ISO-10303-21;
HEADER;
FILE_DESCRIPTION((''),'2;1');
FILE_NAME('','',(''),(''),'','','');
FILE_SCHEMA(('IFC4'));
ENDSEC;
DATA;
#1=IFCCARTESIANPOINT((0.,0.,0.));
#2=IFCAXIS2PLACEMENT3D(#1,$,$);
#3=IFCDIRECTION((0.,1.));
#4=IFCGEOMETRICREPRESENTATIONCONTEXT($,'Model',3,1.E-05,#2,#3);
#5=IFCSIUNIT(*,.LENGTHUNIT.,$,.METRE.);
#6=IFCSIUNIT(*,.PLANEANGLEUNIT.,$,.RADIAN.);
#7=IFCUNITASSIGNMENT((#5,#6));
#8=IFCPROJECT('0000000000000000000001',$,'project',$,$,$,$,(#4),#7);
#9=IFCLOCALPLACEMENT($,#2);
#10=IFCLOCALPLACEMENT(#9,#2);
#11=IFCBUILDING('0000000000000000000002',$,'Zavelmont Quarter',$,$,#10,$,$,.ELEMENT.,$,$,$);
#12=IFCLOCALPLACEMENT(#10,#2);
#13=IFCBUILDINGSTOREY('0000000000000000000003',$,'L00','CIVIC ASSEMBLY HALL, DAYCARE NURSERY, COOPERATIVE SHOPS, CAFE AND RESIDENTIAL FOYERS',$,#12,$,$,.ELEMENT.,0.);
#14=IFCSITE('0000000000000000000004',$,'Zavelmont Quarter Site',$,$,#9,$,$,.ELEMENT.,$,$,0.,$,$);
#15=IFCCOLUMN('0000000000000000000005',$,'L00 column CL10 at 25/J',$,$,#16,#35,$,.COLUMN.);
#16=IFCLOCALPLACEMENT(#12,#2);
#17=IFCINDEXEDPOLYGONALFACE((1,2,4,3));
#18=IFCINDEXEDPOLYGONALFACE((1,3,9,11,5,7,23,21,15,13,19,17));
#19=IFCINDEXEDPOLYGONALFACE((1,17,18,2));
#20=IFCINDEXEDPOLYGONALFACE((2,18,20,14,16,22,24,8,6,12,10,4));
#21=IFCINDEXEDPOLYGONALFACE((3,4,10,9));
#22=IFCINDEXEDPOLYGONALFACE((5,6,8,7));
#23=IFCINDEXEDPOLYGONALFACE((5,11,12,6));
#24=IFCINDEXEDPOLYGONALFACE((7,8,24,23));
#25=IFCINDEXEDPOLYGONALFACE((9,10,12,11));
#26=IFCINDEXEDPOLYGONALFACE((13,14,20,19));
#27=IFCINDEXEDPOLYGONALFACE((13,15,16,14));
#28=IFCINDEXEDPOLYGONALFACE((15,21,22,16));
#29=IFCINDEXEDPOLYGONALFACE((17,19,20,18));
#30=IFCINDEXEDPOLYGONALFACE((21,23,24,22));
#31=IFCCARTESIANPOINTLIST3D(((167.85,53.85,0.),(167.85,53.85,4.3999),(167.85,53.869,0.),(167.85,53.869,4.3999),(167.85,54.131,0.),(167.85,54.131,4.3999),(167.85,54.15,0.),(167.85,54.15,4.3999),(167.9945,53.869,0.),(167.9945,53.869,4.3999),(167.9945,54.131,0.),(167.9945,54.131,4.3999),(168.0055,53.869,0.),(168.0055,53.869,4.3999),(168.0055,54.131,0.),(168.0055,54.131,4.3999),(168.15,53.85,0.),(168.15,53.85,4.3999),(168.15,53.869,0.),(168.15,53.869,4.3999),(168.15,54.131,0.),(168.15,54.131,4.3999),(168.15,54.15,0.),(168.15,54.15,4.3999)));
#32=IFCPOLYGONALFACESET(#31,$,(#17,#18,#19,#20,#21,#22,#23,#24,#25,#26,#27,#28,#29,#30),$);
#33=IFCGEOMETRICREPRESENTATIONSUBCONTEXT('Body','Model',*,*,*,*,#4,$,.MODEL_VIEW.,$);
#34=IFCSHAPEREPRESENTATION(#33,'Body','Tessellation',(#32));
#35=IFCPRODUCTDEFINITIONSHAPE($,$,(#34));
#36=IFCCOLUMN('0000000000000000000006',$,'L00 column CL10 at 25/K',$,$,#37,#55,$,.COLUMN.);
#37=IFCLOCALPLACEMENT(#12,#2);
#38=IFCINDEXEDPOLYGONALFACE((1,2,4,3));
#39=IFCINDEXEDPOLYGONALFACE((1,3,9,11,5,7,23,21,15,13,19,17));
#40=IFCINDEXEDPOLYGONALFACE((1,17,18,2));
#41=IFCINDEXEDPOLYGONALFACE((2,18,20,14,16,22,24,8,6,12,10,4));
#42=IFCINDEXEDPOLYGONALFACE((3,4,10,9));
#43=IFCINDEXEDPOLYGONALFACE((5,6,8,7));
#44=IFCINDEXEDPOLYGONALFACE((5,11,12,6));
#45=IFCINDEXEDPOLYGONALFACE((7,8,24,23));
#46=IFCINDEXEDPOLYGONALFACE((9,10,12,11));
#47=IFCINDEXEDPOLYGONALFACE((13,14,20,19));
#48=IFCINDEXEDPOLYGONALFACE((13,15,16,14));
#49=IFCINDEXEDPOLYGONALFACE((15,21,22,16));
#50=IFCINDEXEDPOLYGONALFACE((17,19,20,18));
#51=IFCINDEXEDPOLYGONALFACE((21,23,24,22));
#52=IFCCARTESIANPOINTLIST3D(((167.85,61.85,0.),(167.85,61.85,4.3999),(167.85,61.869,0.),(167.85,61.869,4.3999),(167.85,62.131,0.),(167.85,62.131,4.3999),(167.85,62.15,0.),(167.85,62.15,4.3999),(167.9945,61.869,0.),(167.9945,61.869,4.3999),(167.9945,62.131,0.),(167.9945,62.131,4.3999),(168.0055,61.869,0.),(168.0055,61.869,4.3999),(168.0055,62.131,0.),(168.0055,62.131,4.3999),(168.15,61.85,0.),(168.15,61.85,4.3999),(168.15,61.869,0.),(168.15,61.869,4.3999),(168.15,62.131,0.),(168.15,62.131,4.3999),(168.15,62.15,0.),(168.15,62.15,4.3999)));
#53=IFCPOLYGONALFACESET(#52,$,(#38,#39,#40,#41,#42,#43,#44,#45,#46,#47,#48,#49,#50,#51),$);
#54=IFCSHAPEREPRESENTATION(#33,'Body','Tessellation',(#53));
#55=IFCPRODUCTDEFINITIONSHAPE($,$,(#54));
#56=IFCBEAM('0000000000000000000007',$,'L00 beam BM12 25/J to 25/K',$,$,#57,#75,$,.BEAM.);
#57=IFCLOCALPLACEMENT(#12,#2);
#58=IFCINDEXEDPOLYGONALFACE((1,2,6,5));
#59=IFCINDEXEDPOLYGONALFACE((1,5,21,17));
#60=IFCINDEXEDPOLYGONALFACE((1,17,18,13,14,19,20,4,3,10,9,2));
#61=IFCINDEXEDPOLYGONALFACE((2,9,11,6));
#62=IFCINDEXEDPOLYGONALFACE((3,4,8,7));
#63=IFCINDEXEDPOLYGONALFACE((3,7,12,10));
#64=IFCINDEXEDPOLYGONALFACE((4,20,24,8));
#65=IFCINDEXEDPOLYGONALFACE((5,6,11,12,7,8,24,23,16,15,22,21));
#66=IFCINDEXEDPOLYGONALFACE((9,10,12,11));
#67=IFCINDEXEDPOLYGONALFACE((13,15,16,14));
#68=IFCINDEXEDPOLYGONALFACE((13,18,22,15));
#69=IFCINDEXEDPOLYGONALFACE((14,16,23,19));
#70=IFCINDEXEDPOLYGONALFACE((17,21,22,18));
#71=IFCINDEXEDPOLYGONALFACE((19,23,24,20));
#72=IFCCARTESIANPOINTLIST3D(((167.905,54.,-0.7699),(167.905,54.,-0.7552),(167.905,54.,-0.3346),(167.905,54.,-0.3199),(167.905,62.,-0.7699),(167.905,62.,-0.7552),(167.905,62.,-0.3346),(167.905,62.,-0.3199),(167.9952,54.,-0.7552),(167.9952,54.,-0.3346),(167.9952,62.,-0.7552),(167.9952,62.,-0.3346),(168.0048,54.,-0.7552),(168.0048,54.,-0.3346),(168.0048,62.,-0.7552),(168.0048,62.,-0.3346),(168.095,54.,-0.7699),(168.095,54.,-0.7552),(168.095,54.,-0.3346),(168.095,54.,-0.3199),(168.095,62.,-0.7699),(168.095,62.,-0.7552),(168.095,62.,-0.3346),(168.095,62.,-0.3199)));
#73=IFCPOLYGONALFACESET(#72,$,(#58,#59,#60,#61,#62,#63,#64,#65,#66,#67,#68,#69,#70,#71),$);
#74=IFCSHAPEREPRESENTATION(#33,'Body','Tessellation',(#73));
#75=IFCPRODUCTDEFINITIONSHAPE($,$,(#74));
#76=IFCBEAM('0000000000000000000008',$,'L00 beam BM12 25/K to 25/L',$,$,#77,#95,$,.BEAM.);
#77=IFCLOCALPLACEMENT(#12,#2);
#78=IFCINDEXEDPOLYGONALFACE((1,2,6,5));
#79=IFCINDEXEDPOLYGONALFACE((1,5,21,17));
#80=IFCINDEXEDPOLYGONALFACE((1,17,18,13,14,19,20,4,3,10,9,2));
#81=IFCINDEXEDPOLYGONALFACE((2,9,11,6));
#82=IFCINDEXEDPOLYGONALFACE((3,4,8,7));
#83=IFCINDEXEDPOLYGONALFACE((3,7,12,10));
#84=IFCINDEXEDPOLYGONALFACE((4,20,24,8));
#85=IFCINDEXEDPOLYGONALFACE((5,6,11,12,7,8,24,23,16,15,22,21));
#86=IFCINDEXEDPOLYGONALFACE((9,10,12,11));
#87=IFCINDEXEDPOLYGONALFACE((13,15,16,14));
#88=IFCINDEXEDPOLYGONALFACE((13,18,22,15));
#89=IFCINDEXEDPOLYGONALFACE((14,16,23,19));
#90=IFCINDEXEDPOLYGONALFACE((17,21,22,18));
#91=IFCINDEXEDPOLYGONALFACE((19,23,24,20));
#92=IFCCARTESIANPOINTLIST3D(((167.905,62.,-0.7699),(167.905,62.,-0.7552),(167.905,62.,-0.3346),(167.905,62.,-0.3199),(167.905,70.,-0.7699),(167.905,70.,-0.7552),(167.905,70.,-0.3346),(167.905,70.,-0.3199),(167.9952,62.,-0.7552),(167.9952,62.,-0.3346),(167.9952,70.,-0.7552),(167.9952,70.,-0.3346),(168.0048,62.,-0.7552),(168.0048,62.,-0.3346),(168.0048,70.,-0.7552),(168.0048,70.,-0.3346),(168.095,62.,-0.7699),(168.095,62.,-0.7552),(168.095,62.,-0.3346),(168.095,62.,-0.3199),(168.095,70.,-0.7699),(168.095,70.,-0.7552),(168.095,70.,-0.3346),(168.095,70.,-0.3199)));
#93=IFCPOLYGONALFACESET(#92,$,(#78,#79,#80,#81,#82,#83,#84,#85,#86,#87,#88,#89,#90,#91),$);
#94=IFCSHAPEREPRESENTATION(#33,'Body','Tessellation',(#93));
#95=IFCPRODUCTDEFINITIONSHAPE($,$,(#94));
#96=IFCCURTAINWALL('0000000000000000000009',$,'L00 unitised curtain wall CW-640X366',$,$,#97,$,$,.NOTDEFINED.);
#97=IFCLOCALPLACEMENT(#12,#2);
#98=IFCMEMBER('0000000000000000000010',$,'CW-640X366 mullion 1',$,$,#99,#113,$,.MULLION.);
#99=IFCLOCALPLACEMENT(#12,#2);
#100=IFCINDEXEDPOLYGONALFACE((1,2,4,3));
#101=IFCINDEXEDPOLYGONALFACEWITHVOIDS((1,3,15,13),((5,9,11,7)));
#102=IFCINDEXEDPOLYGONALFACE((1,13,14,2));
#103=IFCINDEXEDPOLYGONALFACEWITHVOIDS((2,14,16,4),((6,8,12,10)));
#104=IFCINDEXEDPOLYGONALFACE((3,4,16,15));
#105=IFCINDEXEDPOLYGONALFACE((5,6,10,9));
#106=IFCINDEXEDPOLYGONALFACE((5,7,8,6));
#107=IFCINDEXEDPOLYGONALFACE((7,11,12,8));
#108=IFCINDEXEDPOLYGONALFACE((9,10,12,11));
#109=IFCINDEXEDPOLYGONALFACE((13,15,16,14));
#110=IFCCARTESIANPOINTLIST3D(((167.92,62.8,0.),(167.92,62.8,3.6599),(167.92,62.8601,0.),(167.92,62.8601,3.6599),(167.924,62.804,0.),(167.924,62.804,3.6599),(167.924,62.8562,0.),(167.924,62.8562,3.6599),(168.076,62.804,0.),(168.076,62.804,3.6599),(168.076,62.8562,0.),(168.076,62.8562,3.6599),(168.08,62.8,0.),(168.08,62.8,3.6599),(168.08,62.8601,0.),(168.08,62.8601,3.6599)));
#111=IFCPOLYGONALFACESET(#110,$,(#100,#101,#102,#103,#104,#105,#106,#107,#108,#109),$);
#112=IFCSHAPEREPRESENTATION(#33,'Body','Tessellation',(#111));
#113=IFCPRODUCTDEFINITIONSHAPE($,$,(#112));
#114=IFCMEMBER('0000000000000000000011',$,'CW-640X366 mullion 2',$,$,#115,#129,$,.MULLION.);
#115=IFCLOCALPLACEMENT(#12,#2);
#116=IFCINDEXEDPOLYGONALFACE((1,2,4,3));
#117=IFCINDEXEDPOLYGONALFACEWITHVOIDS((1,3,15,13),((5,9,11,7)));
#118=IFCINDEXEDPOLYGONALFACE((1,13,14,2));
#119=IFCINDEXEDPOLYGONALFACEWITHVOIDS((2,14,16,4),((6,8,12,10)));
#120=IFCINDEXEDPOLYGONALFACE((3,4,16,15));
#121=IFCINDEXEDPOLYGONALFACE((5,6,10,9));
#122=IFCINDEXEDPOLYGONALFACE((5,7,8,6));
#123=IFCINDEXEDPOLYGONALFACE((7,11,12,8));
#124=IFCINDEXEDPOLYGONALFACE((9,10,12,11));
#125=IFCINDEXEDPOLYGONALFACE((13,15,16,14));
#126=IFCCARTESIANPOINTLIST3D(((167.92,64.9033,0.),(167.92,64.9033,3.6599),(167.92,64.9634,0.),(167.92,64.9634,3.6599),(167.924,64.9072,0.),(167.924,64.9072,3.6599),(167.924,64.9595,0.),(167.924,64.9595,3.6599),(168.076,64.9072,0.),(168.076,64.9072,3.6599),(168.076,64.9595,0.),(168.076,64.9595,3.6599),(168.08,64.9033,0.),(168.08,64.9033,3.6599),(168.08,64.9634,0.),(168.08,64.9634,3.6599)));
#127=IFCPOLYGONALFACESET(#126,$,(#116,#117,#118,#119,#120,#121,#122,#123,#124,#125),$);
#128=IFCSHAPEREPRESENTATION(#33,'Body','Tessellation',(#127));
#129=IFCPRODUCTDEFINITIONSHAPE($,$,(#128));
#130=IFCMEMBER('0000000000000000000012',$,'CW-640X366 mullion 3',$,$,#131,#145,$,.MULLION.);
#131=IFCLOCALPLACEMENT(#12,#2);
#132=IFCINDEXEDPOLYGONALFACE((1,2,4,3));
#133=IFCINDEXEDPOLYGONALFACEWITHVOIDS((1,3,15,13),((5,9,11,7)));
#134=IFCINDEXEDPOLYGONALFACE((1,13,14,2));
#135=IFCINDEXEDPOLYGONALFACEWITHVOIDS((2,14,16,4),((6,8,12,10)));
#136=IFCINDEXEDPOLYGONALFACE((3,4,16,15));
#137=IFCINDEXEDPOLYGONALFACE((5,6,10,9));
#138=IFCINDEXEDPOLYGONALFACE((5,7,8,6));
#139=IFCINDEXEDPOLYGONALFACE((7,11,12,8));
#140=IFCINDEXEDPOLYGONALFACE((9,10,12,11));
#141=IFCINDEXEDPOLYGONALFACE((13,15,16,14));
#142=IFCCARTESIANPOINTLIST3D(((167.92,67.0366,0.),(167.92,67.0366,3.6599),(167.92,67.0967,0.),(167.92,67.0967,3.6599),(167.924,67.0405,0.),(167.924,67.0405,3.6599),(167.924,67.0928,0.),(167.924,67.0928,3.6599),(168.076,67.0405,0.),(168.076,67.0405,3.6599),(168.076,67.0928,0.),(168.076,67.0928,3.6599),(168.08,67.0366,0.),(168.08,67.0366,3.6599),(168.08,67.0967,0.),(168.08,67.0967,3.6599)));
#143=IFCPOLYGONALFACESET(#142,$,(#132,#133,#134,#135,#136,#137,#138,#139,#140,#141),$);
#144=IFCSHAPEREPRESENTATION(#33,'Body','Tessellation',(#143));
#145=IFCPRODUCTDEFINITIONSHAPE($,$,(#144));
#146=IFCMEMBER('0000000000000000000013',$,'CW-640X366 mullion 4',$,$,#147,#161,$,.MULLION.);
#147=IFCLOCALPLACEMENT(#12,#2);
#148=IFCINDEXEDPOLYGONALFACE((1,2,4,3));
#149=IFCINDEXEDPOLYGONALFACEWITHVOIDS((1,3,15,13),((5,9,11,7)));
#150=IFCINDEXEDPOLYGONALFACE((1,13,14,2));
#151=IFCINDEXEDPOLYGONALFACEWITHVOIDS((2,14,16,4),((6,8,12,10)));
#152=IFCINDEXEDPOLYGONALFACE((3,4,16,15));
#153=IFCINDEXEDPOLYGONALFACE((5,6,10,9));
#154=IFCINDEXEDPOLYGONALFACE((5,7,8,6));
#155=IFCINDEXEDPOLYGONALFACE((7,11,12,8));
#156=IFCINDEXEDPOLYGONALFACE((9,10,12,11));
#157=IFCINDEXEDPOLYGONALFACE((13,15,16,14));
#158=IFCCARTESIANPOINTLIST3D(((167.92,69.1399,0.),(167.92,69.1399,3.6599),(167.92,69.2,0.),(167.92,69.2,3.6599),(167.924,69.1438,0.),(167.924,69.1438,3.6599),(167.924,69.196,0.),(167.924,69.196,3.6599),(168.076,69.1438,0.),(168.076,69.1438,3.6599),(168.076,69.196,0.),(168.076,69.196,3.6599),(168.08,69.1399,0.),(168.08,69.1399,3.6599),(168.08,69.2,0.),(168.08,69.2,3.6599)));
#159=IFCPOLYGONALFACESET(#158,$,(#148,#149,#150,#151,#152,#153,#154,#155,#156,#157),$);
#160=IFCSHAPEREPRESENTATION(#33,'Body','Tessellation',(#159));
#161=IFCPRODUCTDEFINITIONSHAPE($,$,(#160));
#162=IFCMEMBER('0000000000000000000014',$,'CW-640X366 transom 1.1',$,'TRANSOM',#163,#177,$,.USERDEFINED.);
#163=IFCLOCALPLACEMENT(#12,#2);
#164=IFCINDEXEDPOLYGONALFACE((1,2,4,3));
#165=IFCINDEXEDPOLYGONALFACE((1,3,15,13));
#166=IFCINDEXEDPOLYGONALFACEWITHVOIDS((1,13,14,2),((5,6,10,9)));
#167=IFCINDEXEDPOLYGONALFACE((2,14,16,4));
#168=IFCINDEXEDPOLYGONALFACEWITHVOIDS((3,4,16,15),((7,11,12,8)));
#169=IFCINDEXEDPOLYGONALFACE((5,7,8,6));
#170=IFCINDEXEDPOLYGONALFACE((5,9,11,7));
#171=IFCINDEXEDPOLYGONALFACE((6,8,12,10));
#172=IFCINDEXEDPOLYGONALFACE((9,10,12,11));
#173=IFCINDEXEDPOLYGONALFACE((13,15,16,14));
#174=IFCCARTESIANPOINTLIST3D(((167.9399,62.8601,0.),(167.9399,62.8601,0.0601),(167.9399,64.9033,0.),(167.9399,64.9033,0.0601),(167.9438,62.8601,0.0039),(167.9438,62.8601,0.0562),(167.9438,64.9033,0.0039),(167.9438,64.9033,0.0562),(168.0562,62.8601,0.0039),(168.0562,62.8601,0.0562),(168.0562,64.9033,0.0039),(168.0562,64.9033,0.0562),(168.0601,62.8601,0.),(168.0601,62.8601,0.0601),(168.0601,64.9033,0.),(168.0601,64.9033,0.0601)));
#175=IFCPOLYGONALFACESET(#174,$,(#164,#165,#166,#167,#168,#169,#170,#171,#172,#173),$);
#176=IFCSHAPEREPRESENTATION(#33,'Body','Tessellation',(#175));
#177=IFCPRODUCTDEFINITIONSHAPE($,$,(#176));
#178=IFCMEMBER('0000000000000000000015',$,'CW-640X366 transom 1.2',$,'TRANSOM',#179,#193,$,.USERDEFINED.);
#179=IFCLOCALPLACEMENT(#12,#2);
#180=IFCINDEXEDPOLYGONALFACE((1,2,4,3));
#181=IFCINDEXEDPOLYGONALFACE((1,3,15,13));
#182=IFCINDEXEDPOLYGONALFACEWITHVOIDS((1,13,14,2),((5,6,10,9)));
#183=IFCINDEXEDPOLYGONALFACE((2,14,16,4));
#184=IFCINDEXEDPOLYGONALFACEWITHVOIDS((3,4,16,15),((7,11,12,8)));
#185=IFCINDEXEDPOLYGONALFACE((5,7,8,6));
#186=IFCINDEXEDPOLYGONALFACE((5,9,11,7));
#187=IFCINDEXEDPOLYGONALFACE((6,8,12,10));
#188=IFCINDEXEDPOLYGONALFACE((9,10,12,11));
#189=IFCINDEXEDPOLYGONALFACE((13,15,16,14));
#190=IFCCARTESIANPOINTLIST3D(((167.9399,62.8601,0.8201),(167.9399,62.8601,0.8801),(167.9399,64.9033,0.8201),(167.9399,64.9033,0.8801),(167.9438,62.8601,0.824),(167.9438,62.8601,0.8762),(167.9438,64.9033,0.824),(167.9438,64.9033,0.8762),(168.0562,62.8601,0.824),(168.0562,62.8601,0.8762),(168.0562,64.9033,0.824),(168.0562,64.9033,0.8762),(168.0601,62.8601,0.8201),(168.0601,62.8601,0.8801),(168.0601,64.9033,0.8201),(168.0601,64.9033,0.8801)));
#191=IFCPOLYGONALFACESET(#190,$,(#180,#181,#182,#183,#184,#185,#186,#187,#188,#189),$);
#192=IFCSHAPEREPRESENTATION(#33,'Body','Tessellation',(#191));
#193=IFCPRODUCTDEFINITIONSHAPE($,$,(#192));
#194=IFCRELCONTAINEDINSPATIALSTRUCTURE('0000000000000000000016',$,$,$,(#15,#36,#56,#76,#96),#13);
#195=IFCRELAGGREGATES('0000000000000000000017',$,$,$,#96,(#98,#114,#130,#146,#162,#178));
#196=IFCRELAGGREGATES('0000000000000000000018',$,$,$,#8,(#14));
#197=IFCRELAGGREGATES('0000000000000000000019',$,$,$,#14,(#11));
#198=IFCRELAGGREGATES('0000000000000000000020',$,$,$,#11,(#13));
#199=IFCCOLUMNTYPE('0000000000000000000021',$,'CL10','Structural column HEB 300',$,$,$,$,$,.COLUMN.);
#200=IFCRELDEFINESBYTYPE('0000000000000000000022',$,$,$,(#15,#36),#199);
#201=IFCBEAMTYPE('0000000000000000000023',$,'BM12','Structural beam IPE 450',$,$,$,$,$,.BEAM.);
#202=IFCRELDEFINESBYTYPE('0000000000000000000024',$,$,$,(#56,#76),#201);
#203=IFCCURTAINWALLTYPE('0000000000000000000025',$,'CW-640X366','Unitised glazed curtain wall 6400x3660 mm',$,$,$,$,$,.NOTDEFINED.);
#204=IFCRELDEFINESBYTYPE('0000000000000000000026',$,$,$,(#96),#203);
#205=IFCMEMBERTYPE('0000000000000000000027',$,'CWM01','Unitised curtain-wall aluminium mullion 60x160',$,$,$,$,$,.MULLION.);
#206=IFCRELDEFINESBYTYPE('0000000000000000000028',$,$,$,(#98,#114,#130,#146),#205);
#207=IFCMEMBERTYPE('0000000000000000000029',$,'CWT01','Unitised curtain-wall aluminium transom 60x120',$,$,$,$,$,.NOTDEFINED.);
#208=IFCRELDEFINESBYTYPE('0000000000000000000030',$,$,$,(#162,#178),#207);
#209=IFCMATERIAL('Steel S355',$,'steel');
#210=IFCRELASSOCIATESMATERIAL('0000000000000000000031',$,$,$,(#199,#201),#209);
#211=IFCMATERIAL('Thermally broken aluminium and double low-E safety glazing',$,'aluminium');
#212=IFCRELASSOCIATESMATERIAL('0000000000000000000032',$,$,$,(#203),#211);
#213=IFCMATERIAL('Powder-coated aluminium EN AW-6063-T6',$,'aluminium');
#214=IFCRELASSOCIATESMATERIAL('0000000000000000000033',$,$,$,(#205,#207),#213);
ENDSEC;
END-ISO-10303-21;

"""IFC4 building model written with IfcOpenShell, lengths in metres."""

from ifc_helpers import new_model, si_unit, direction, frame, origin, origin_2d, place, context, subcontext, project, spatial, hollow_rectangle, i_section, extrude, material, material_profile, profile_set, type_object, element, aggregate, save


model = new_model("IFC4")

# Units and contexts
model_context = context("Model", 3, precision=1e-05, world=origin(), true_north=direction((0.0, 1.0)))
body_context = subcontext(model_context, "Body", "Model", "MODEL_VIEW")
ifc_project = project(units=[si_unit("LENGTHUNIT", "METRE"), si_unit("PLANEANGLEUNIT", "RADIAN")], contexts=[model_context])

# Site, building, storey
site_placement = place(None, origin())
site = spatial("IfcSite", under=ifc_project, at=site_placement, Name="Zavelmont Quarter Site", CompositionType="ELEMENT", RefElevation=0.0)
building_placement = place(site_placement, origin())
building = spatial("IfcBuilding", under=site, at=building_placement, Name="Zavelmont Quarter", CompositionType="ELEMENT")
storey_placement = place(building_placement, origin())
storey = spatial("IfcBuildingStorey", under=building, at=storey_placement, Name="L00", Description="CIVIC ASSEMBLY HALL, DAYCARE NURSERY, COOPERATIVE SHOPS, CAFE AND RESIDENTIAL FOYERS", CompositionType="ELEMENT", Elevation=0.0)

# Columns
ifc_material_1 = material(Name="Steel S355", Category="steel")
ifc_material_profile_1 = material_profile(ifc_material_1, i_section(OverallWidth=0.3, OverallDepth=0.3, WebThickness=0.011, FlangeThickness=0.019, at=origin_2d()), Name="HEB 300")
ifc_profile_set_1 = profile_set([ifc_material_profile_1], Name="Steel S355")
column_type = type_object("IfcColumnType", Name="CL10", Description="Structural column HEB 300", PredefinedType="COLUMN", material=ifc_profile_set_1)
for number, where, z_axis, x_axis, name in (
    (1, (168.0, 54.0, 0.0), (0.0, 0.0, 1.0), (1.0, 0.0, 0.0), "L00 column CL10 at 25/J"),
    (2, (168.0, 62.0, 0.0), (0.0, 0.0, 1.0), (1.0, 0.0, 0.0), "L00 column CL10 at 25/K"),
):
    element("IfcColumn", number, at=place(storey_placement, frame(where, z_axis=z_axis, x_axis=x_axis)), inside=storey, type_object=column_type, Name=name, PredefinedType="COLUMN", context=body_context, shape_type="SweptSolid", body=[
        extrude(i_section(OverallWidth=0.3, OverallDepth=0.3, WebThickness=0.011, FlangeThickness=0.019, at=origin_2d()), origin(), (0.0, 0.0, 1.0), 4.3999),
    ])

# Beams
ifc_material_profile_2 = material_profile(ifc_material_1, i_section(OverallWidth=0.1899, OverallDepth=0.45, WebThickness=0.0095, FlangeThickness=0.0146, at=origin_2d()), Name="IPE 450")
ifc_profile_set_2 = profile_set([ifc_material_profile_2], Name="Steel S355")
beam_type = type_object("IfcBeamType", Name="BM12", Description="Structural beam IPE 450", PredefinedType="BEAM", material=ifc_profile_set_2)
for number, where, z_axis, x_axis, name in (
    (3, (168.0, 54.0, -0.5449), (0.0, 1.0, 0.0), (-1.0, 0.0, 0.0), "L00 beam BM12 25/J to 25/K"),
    (4, (168.0, 62.0, -0.5449), (0.0, 1.0, 0.0), (-1.0, 0.0, 0.0), "L00 beam BM12 25/K to 25/L"),
):
    element("IfcBeam", number, at=place(storey_placement, frame(where, z_axis=z_axis, x_axis=x_axis)), inside=storey, type_object=beam_type, Name=name, PredefinedType="BEAM", context=body_context, shape_type="SweptSolid", body=[
        extrude(i_section(OverallWidth=0.1899, OverallDepth=0.45, WebThickness=0.0095, FlangeThickness=0.0146, at=origin_2d()), origin(), (0.0, 0.0, 1.0), 8.0),
    ])

# Curtain wall, members
ifc_material_2 = material(Name="Thermally broken aluminium and double low-E safety glazing", Category="aluminium")
curtain_wall_type = type_object("IfcCurtainWallType", Name="CW-640X366", Description="Unitised glazed curtain wall 6400x3660 mm", PredefinedType="NOTDEFINED", material=ifc_material_2)
curtain_wall_placement = place(storey_placement, origin())
curtain_wall = element("IfcCurtainWall", 5, at=curtain_wall_placement, inside=storey, type_object=curtain_wall_type, Name="L00 unitised curtain wall CW-640X366", PredefinedType="NOTDEFINED")
ifc_material_3 = material(Name="Powder-coated aluminium EN AW-6063-T6", Category="aluminium")
ifc_material_profile_3 = material_profile(ifc_material_3, hollow_rectangle(XDim=0.0601, YDim=0.1599, WallThickness=0.0039, at=origin_2d()), Name="CWM60X160")
ifc_profile_set_3 = profile_set([ifc_material_profile_3], Name="Powder-coated aluminium EN AW-6063-T6")
member_type_1 = type_object("IfcMemberType", Name="CWM01", Description="Unitised curtain-wall aluminium mullion 60x160", PredefinedType="MULLION", material=ifc_profile_set_3)
member_1_placement = place(storey_placement, frame((168.0, 62.8301, 0.0), z_axis=(0.0, 0.0, 1.0), x_axis=(0.0, 1.0, 0.0)))
member_1 = element("IfcMember", 6, at=member_1_placement, type_object=member_type_1, Name="CW-640X366 mullion 1", PredefinedType="MULLION", context=body_context, shape_type="SweptSolid", body=[
    extrude(hollow_rectangle(XDim=0.0601, YDim=0.1599, WallThickness=0.0039, at=origin_2d()), origin(), (0.0, 0.0, 1.0), 3.6599),
])
member_2_placement = place(storey_placement, frame((168.0, 64.9333, 0.0), z_axis=(0.0, 0.0, 1.0), x_axis=(0.0, 1.0, 0.0)))
member_2 = element("IfcMember", 7, at=member_2_placement, type_object=member_type_1, Name="CW-640X366 mullion 2", PredefinedType="MULLION", context=body_context, shape_type="SweptSolid", body=[
    extrude(hollow_rectangle(XDim=0.0601, YDim=0.1599, WallThickness=0.0039, at=origin_2d()), origin(), (0.0, 0.0, 1.0), 3.6599),
])
member_3_placement = place(storey_placement, frame((168.0, 67.0667, 0.0), z_axis=(0.0, 0.0, 1.0), x_axis=(0.0, 1.0, 0.0)))
member_3 = element("IfcMember", 8, at=member_3_placement, type_object=member_type_1, Name="CW-640X366 mullion 3", PredefinedType="MULLION", context=body_context, shape_type="SweptSolid", body=[
    extrude(hollow_rectangle(XDim=0.0601, YDim=0.1599, WallThickness=0.0039, at=origin_2d()), origin(), (0.0, 0.0, 1.0), 3.6599),
])
member_4_placement = place(storey_placement, frame((168.0, 69.1699, 0.0), z_axis=(0.0, 0.0, 1.0), x_axis=(0.0, 1.0, 0.0)))
member_4 = element("IfcMember", 9, at=member_4_placement, type_object=member_type_1, Name="CW-640X366 mullion 4", PredefinedType="MULLION", context=body_context, shape_type="SweptSolid", body=[
    extrude(hollow_rectangle(XDim=0.0601, YDim=0.1599, WallThickness=0.0039, at=origin_2d()), origin(), (0.0, 0.0, 1.0), 3.6599),
])
ifc_material_profile_4 = material_profile(ifc_material_3, hollow_rectangle(XDim=0.1201, YDim=0.0601, WallThickness=0.0039, at=origin_2d()), Name="CWT60X120")
ifc_profile_set_4 = profile_set([ifc_material_profile_4], Name="Powder-coated aluminium EN AW-6063-T6")
member_type_2 = type_object("IfcMemberType", Name="CWT01", Description="Unitised curtain-wall aluminium transom 60x120", PredefinedType="NOTDEFINED", material=ifc_profile_set_4)
member_5_placement = place(storey_placement, frame((168.0, 62.8601, 0.03), z_axis=(0.0, 1.0, 0.0), x_axis=(-1.0, 0.0, 0.0)))
member_5 = element("IfcMember", 10, at=member_5_placement, type_object=member_type_2, Name="CW-640X366 transom 1.1", ObjectType="TRANSOM", PredefinedType="USERDEFINED", context=body_context, shape_type="SweptSolid", body=[
    extrude(hollow_rectangle(XDim=0.1201, YDim=0.0601, WallThickness=0.0039, at=origin_2d()), origin(), (0.0, 0.0, 1.0), 2.0432),
])
member_6_placement = place(storey_placement, frame((168.0, 62.8601, 0.8501), z_axis=(0.0, 1.0, 0.0), x_axis=(-1.0, 0.0, 0.0)))
member_6 = element("IfcMember", 11, at=member_6_placement, type_object=member_type_2, Name="CW-640X366 transom 1.2", ObjectType="TRANSOM", PredefinedType="USERDEFINED", context=body_context, shape_type="SweptSolid", body=[
    extrude(hollow_rectangle(XDim=0.1201, YDim=0.0601, WallThickness=0.0039, at=origin_2d()), origin(), (0.0, 0.0, 1.0), 2.0432),
])
aggregate(curtain_wall, [member_1, member_2, member_3, member_4, member_5, member_6])

save(model, "model.ifc")
